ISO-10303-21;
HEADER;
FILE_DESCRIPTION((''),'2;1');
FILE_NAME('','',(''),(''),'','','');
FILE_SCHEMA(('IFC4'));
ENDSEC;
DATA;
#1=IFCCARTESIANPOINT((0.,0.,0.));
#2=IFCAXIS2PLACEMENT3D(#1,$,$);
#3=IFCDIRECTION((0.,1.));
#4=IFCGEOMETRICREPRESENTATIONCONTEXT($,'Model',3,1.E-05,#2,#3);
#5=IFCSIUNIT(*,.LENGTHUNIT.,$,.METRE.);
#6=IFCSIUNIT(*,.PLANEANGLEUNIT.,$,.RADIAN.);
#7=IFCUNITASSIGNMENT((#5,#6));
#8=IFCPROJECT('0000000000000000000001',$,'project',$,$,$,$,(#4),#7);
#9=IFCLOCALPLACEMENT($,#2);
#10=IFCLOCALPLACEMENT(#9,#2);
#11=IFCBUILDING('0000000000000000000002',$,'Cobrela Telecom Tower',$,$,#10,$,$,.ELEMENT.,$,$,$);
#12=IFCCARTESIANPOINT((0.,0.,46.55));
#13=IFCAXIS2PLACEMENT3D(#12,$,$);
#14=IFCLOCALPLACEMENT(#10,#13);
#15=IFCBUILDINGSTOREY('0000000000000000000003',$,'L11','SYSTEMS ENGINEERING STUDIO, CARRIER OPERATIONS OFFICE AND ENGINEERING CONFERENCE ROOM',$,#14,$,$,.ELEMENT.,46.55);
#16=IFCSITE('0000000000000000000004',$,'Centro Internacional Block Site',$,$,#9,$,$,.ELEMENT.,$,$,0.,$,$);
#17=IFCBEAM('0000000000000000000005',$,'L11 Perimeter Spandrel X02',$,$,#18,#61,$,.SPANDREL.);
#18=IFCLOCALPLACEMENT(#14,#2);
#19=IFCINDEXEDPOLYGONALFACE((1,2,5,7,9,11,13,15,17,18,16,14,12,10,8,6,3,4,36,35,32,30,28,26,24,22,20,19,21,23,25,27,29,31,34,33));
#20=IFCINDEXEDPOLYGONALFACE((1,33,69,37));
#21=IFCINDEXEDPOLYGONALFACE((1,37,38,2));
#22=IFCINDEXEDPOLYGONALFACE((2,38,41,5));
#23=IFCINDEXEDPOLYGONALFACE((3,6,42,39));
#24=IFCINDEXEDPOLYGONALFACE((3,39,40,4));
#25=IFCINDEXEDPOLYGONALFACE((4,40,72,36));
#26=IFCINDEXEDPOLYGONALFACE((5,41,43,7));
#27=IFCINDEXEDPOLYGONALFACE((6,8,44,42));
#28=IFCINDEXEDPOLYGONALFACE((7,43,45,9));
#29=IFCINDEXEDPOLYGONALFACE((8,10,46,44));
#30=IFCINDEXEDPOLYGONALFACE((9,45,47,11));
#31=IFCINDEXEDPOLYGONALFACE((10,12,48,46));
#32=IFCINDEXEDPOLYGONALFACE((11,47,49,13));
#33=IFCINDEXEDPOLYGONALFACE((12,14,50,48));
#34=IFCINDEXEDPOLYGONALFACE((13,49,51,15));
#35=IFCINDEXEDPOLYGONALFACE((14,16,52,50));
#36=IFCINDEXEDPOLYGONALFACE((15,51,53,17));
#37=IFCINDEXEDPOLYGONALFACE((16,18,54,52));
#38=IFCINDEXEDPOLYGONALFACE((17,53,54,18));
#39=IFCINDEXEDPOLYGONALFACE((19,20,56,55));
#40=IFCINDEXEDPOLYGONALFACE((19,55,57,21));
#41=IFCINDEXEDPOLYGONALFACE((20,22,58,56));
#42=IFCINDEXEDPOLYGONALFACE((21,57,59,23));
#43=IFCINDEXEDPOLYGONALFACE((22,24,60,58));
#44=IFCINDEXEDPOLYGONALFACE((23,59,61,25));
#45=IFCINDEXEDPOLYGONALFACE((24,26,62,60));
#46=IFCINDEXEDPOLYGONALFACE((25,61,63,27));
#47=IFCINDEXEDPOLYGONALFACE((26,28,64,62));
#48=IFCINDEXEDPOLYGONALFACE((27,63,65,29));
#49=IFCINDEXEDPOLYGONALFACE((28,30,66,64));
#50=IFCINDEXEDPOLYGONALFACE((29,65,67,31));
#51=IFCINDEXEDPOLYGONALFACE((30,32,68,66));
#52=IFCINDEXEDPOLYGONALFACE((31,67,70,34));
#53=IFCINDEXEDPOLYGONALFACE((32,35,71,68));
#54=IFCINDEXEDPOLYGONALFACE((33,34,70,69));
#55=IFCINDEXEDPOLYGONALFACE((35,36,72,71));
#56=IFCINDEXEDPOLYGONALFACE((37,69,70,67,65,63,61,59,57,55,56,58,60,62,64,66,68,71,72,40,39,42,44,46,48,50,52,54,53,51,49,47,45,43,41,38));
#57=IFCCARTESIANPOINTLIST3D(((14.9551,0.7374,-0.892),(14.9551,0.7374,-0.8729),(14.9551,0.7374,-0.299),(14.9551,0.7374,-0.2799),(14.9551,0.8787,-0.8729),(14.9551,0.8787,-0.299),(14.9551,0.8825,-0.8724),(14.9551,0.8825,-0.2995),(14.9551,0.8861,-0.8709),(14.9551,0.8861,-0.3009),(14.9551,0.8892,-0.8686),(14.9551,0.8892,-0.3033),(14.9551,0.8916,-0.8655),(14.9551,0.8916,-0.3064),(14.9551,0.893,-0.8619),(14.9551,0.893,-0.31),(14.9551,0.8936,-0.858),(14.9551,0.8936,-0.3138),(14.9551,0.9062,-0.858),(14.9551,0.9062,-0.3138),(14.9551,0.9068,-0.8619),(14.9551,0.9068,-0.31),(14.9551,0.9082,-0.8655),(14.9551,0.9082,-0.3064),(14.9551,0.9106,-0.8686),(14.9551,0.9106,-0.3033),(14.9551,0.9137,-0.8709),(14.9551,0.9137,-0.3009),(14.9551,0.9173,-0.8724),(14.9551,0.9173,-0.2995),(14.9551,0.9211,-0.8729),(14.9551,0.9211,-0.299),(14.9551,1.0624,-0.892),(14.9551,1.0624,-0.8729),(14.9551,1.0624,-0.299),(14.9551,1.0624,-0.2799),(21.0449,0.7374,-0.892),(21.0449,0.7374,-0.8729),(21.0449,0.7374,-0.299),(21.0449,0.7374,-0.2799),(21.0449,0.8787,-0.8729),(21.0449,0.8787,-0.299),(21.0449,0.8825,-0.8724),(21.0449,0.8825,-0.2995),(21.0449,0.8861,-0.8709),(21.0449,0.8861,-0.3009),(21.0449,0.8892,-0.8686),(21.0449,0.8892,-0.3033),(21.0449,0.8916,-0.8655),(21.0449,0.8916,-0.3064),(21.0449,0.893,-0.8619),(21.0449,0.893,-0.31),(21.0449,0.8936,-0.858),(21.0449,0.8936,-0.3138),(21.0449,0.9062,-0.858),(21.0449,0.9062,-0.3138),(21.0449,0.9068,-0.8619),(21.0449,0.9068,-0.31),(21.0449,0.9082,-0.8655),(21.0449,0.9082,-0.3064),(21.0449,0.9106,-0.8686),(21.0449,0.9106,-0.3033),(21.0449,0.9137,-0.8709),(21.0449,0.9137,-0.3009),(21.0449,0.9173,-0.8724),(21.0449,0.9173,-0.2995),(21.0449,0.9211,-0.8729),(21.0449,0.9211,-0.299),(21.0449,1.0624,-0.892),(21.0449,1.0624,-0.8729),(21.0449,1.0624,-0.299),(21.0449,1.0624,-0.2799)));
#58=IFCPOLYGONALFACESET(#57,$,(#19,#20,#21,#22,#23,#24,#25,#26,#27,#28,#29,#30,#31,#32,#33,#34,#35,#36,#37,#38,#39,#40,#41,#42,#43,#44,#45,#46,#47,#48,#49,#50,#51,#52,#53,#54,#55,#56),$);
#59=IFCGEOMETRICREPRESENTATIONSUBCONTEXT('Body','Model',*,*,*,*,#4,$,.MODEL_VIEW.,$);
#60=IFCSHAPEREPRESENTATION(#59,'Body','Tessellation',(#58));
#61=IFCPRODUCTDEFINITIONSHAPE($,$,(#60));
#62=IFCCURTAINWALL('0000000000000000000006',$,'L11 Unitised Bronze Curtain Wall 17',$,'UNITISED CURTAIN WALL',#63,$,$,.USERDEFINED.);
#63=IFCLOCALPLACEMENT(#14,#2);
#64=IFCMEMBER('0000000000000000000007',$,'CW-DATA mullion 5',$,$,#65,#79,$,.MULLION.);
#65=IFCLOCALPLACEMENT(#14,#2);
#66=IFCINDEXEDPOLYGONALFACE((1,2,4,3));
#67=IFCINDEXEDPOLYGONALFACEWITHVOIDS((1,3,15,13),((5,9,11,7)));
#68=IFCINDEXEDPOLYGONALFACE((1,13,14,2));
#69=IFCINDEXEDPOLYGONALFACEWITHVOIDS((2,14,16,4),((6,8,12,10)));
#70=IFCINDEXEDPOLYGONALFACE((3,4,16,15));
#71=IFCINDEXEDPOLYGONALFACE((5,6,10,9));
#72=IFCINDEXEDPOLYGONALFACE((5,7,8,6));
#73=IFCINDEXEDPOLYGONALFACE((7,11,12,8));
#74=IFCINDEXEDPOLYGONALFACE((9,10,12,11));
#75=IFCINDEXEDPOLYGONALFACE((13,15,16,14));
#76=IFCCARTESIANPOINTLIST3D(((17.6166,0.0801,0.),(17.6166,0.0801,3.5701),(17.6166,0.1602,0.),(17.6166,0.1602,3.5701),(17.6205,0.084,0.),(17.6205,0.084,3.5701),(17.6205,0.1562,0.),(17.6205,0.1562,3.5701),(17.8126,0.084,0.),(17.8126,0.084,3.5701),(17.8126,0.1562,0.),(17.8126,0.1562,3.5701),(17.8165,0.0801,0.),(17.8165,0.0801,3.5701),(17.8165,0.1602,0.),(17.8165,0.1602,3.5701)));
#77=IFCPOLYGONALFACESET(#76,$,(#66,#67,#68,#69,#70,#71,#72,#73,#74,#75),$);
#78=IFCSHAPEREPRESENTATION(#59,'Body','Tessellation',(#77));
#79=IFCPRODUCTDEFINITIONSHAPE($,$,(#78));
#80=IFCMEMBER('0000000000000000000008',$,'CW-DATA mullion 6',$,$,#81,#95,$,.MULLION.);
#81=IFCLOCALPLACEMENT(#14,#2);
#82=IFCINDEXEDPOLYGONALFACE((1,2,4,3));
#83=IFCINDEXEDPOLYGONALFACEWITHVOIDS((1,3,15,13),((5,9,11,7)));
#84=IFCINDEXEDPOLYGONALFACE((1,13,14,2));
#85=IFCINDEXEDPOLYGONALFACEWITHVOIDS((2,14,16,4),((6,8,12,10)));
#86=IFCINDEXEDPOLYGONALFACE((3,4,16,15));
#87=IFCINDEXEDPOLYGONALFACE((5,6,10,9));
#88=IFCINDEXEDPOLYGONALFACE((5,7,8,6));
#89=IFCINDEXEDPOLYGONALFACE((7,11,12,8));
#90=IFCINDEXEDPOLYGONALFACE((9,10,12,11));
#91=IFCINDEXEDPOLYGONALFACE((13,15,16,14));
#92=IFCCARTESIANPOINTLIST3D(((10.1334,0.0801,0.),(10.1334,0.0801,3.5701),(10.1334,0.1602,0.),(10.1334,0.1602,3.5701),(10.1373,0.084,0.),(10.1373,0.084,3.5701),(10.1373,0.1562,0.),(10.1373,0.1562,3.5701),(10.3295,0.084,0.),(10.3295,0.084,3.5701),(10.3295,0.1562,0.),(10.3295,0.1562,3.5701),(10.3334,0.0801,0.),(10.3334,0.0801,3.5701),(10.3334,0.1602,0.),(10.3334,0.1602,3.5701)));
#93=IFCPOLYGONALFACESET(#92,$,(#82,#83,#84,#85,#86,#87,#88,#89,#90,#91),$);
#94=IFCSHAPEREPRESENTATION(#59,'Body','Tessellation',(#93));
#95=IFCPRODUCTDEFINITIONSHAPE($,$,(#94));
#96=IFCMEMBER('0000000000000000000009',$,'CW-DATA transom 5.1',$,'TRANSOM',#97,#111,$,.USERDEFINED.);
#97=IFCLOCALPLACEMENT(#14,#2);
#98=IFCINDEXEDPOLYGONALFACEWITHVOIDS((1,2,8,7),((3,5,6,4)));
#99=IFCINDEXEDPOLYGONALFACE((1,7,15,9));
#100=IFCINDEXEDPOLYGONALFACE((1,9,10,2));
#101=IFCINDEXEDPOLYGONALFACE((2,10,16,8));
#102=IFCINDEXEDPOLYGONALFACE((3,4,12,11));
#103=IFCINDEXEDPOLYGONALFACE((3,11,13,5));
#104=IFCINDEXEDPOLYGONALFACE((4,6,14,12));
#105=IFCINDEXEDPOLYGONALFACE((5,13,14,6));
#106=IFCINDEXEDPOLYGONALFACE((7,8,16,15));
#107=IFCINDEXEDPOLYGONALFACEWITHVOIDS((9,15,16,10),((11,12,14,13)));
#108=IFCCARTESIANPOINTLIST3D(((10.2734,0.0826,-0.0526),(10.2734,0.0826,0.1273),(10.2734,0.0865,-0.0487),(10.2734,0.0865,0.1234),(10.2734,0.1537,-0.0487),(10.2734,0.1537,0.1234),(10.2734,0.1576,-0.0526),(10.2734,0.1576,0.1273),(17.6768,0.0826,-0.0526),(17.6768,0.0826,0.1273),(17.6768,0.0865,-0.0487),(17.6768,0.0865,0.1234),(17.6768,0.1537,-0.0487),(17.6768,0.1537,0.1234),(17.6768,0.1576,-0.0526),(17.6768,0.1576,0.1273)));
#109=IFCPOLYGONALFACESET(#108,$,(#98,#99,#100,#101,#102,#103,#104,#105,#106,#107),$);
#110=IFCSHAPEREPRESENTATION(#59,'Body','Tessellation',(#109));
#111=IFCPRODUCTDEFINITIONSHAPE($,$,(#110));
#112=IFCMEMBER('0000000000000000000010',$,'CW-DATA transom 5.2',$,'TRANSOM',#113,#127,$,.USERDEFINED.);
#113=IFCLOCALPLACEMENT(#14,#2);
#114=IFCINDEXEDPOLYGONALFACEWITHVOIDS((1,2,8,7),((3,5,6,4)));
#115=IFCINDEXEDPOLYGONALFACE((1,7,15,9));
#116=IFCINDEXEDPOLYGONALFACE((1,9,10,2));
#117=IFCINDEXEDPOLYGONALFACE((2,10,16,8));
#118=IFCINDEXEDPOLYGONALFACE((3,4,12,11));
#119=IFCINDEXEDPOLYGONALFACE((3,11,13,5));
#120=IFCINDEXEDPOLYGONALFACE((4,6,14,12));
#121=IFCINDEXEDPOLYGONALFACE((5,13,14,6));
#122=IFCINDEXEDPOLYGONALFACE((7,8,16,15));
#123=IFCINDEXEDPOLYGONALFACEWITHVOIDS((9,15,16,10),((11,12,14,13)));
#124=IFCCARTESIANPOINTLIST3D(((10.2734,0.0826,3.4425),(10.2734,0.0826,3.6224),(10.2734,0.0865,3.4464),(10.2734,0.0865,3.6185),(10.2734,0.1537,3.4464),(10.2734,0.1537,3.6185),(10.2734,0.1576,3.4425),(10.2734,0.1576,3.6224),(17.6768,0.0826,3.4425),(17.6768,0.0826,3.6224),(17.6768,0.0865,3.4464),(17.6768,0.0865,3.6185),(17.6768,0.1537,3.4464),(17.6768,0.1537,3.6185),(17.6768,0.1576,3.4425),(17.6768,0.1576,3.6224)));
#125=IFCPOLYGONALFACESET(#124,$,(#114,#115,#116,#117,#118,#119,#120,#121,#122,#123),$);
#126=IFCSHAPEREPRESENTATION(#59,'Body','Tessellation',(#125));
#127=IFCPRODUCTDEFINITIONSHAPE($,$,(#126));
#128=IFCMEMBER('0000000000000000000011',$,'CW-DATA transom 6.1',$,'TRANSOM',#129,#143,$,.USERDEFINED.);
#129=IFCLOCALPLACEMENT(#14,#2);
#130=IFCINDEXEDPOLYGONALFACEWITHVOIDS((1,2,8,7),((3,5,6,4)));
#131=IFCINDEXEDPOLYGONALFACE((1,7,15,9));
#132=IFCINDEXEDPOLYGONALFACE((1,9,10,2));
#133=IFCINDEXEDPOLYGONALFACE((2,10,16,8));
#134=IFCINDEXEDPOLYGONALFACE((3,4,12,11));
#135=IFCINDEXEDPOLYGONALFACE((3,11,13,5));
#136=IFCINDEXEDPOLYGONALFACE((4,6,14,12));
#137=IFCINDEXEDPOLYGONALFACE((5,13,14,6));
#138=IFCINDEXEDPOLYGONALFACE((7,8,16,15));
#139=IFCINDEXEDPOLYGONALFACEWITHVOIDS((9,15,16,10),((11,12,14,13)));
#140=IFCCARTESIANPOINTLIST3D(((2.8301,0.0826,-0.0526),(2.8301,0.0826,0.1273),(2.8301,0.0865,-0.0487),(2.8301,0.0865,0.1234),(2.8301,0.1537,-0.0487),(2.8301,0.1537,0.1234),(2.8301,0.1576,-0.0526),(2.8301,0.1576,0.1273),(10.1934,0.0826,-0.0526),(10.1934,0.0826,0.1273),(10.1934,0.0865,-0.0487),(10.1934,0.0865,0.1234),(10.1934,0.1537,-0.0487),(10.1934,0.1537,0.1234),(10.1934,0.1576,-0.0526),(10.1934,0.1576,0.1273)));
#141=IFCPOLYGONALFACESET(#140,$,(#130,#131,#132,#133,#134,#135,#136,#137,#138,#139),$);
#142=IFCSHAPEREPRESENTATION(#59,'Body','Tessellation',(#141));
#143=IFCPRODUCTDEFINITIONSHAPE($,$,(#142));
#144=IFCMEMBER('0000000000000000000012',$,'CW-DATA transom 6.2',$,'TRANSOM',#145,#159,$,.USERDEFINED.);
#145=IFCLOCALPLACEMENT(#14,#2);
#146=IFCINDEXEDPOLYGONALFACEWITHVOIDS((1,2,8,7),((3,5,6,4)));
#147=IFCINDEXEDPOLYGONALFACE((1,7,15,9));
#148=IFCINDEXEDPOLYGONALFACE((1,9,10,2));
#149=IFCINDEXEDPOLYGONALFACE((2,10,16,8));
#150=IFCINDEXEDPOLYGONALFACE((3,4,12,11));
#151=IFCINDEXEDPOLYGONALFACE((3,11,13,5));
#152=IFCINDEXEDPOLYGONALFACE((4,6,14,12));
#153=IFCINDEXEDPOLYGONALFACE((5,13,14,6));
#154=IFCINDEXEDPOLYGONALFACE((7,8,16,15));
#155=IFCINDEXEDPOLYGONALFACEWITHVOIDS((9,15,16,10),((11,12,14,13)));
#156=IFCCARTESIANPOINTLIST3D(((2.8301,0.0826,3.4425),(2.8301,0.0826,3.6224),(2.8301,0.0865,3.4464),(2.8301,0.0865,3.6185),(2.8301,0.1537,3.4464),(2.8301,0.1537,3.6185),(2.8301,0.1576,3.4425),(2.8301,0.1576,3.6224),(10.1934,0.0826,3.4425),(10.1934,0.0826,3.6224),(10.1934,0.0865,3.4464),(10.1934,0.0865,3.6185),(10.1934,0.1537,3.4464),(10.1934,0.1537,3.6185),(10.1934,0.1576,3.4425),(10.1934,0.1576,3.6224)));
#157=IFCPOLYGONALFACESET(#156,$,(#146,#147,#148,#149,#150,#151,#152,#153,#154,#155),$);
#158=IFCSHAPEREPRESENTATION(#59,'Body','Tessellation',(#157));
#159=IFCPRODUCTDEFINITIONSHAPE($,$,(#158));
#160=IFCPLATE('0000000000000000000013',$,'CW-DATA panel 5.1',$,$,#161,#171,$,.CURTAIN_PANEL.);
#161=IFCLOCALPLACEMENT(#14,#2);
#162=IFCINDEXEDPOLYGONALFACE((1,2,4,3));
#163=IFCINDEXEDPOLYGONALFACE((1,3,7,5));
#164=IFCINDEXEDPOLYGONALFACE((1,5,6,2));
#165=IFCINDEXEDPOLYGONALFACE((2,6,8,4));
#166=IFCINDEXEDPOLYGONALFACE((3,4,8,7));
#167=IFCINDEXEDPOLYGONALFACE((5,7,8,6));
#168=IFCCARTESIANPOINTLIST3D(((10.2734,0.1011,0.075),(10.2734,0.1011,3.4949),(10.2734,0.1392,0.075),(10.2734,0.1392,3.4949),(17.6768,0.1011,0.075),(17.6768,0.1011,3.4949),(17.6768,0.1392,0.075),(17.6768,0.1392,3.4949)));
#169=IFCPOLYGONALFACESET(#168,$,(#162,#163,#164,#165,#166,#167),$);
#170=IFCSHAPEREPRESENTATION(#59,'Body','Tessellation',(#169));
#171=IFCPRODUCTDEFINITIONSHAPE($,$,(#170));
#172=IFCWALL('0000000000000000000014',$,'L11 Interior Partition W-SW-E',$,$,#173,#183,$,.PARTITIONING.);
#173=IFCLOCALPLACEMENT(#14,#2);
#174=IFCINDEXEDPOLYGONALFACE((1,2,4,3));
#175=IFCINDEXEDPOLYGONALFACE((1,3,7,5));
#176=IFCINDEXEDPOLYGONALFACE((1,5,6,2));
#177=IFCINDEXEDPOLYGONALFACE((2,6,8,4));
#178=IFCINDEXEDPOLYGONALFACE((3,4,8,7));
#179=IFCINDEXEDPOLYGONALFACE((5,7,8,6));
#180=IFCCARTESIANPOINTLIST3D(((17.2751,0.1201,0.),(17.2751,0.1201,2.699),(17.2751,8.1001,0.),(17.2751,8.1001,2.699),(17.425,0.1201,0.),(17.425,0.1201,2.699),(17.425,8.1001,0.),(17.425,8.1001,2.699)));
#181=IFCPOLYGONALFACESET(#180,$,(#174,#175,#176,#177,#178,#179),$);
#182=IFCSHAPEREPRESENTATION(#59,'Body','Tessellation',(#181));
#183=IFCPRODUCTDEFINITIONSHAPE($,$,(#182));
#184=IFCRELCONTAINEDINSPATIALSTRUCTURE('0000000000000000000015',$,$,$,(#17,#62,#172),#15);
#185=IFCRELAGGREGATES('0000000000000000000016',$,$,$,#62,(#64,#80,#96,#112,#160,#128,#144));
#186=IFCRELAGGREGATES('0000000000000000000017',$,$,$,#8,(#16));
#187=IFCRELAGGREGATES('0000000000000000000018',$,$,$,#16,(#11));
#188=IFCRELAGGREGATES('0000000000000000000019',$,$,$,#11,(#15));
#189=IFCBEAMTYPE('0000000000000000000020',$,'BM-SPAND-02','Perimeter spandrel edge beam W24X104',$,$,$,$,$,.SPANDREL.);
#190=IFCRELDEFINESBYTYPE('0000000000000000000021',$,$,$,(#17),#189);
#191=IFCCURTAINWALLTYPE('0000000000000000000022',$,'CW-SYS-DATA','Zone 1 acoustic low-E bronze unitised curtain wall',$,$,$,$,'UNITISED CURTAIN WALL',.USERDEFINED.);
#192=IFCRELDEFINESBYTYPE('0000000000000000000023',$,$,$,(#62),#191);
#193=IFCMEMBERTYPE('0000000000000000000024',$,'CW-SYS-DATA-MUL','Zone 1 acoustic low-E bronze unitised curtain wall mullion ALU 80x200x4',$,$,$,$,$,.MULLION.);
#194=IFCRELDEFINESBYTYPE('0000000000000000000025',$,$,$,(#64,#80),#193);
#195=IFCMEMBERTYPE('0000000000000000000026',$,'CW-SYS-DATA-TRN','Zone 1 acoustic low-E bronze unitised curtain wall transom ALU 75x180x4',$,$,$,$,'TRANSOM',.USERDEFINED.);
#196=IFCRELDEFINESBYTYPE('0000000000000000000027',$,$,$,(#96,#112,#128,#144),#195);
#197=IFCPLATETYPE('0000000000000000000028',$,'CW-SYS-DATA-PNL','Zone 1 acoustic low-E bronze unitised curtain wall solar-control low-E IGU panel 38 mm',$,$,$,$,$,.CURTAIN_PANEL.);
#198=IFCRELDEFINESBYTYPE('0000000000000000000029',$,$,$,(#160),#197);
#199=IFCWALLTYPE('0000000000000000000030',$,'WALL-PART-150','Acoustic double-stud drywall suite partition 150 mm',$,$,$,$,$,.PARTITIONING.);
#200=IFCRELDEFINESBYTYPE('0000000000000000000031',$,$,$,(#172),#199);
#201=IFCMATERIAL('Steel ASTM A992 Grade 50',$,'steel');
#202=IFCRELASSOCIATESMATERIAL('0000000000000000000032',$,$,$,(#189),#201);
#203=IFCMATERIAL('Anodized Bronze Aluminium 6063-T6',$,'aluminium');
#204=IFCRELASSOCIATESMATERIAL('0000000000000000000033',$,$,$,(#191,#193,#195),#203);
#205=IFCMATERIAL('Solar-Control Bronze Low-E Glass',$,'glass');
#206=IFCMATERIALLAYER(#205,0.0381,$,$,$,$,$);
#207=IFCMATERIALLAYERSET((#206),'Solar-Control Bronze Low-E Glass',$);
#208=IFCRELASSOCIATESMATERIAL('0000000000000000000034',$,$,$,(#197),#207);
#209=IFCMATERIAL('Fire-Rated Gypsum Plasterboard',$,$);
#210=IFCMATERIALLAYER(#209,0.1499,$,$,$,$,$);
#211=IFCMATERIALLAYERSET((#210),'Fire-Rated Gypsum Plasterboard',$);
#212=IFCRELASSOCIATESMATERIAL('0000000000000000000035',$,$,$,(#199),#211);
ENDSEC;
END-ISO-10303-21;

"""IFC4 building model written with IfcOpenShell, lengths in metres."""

from ifc_helpers import new_model, si_unit, direction, frame, frame_2d, origin, origin_2d, place, context, subcontext, project, spatial, rectangle, hollow_rectangle, i_section, extrude, material, layer, layer_set, material_profile, profile_set, type_object, element, aggregate, save


model = new_model("IFC4")

# Units and contexts
model_context = context("Model", 3, precision=1e-05, world=origin(), true_north=direction((0.0, 1.0)))
body_context = subcontext(model_context, "Body", "Model", "MODEL_VIEW")
ifc_project = project(units=[si_unit("LENGTHUNIT", "METRE"), si_unit("PLANEANGLEUNIT", "RADIAN")], contexts=[model_context])

# Site, building, storey
site_placement = place(None, origin())
site = spatial("IfcSite", under=ifc_project, at=site_placement, Name="Centro Internacional Block Site", CompositionType="ELEMENT", RefElevation=0.0)
building_placement = place(site_placement, origin())
building = spatial("IfcBuilding", under=site, at=building_placement, Name="Cobrela Telecom Tower", CompositionType="ELEMENT")
storey_placement = place(building_placement, frame((0.0, 0.0, 46.55)))
storey = spatial("IfcBuildingStorey", under=building, at=storey_placement, Name="L11", Description="SYSTEMS ENGINEERING STUDIO, CARRIER OPERATIONS OFFICE AND ENGINEERING CONFERENCE ROOM", CompositionType="ELEMENT", Elevation=46.55)

# Beam
ifc_material_1 = material(Name="Steel ASTM A992 Grade 50", Category="steel")
ifc_material_profile_1 = material_profile(ifc_material_1, i_section(OverallWidth=0.325, OverallDepth=0.6121, WebThickness=0.0127, FlangeThickness=0.019, FilletRadius=0.0149, at=origin_2d()), Name="W24X104")
ifc_profile_set_1 = profile_set([ifc_material_profile_1], Name="Steel ASTM A992 Grade 50")
beam_type_1 = type_object("IfcBeamType", Name="BM-SPAND-02", Description="Perimeter spandrel edge beam W24X104", PredefinedType="SPANDREL", material=ifc_profile_set_1)
beam_1_placement = place(storey_placement, frame((14.9551, 0.8999, -0.5859), z_axis=(1.0, 0.0, 0.0), x_axis=(0.0, 1.0, 0.0)))
element("IfcBeam", 1, at=beam_1_placement, inside=storey, type_object=beam_type_1, Name="L11 Perimeter Spandrel X02", PredefinedType="SPANDREL", context=body_context, shape_type="SweptSolid", body=[
    extrude(i_section(OverallWidth=0.325, OverallDepth=0.6121, WebThickness=0.0127, FlangeThickness=0.019, FilletRadius=0.0149, at=origin_2d()), origin(), (0.0, 0.0, 1.0), 6.0898),
])

# Curtain wall, members, plate
ifc_material_2 = material(Name="Anodized Bronze Aluminium 6063-T6", Category="aluminium")
curtain_wall_type = type_object("IfcCurtainWallType", Name="CW-SYS-DATA", Description="Zone 1 acoustic low-E bronze unitised curtain wall", ElementType="UNITISED CURTAIN WALL", PredefinedType="USERDEFINED", material=ifc_material_2)
curtain_wall_placement = place(storey_placement, origin())
curtain_wall = element("IfcCurtainWall", 2, at=curtain_wall_placement, inside=storey, type_object=curtain_wall_type, Name="L11 Unitised Bronze Curtain Wall 17", ObjectType="UNITISED CURTAIN WALL", PredefinedType="USERDEFINED")
ifc_material_profile_2 = material_profile(ifc_material_2, hollow_rectangle(XDim=0.0801, YDim=0.2, WallThickness=0.0039, at=origin_2d()), Name="ALU 80x200x4")
ifc_profile_set_2 = profile_set([ifc_material_profile_2], Name="Anodized Bronze Aluminium 6063-T6")
member_type_1 = type_object("IfcMemberType", Name="CW-SYS-DATA-MUL", Description="Zone 1 acoustic low-E bronze unitised curtain wall mullion ALU 80x200x4", PredefinedType="MULLION", material=ifc_profile_set_2)
member_1_placement = place(storey_placement, frame((17.7166, 0.1201, 0.0), z_axis=(0.0, 0.0, 1.0), x_axis=(0.0, -1.0, 0.0)))
member_1 = element("IfcMember", 3, at=member_1_placement, type_object=member_type_1, Name="CW-DATA mullion 5", PredefinedType="MULLION", context=body_context, shape_type="SweptSolid", body=[
    extrude(hollow_rectangle(XDim=0.0801, YDim=0.2, WallThickness=0.0039, at=origin_2d()), origin(), (0.0, 0.0, 1.0), 3.5701),
])
member_2_placement = place(storey_placement, frame((10.2334, 0.1201, 0.0), z_axis=(0.0, 0.0, 1.0), x_axis=(0.0, -1.0, 0.0)))
member_2 = element("IfcMember", 4, at=member_2_placement, type_object=member_type_1, Name="CW-DATA mullion 6", PredefinedType="MULLION", context=body_context, shape_type="SweptSolid", body=[
    extrude(hollow_rectangle(XDim=0.0801, YDim=0.2, WallThickness=0.0039, at=origin_2d()), origin(), (0.0, 0.0, 1.0), 3.5701),
])
ifc_material_profile_3 = material_profile(ifc_material_2, hollow_rectangle(XDim=0.075, YDim=0.1799, WallThickness=0.0039, at=origin_2d()), Name="ALU 75x180x4")
ifc_profile_set_3 = profile_set([ifc_material_profile_3], Name="Anodized Bronze Aluminium 6063-T6")
member_type_2 = type_object("IfcMemberType", Name="CW-SYS-DATA-TRN", Description="Zone 1 acoustic low-E bronze unitised curtain wall transom ALU 75x180x4", ElementType="TRANSOM", PredefinedType="USERDEFINED", material=ifc_profile_set_3)
member_3_placement = place(storey_placement, frame((17.6768, 0.1201, 0.0374), z_axis=(-1.0, 0.0, 0.0), x_axis=(0.0, -1.0, 0.0)))
member_3 = element("IfcMember", 5, at=member_3_placement, type_object=member_type_2, Name="CW-DATA transom 5.1", ObjectType="TRANSOM", PredefinedType="USERDEFINED", context=body_context, shape_type="SweptSolid", body=[
    extrude(hollow_rectangle(XDim=0.075, YDim=0.1799, WallThickness=0.0039, at=origin_2d()), origin(), (0.0, 0.0, 1.0), 7.4033),
])
member_4_placement = place(storey_placement, frame((17.6768, 0.1201, 3.5325), z_axis=(-1.0, 0.0, 0.0), x_axis=(0.0, -1.0, 0.0)))
member_4 = element("IfcMember", 6, at=member_4_placement, type_object=member_type_2, Name="CW-DATA transom 5.2", ObjectType="TRANSOM", PredefinedType="USERDEFINED", context=body_context, shape_type="SweptSolid", body=[
    extrude(hollow_rectangle(XDim=0.075, YDim=0.1799, WallThickness=0.0039, at=origin_2d()), origin(), (0.0, 0.0, 1.0), 7.4033),
])
member_5_placement = place(storey_placement, frame((10.1934, 0.1201, 0.0374), z_axis=(-1.0, 0.0, 0.0), x_axis=(0.0, -1.0, 0.0)))
member_5 = element("IfcMember", 7, at=member_5_placement, type_object=member_type_2, Name="CW-DATA transom 6.1", ObjectType="TRANSOM", PredefinedType="USERDEFINED", context=body_context, shape_type="SweptSolid", body=[
    extrude(hollow_rectangle(XDim=0.075, YDim=0.1799, WallThickness=0.0039, at=origin_2d()), origin(), (0.0, 0.0, 1.0), 7.3633),
])
member_6_placement = place(storey_placement, frame((10.1934, 0.1201, 3.5325), z_axis=(-1.0, 0.0, 0.0), x_axis=(0.0, -1.0, 0.0)))
member_6 = element("IfcMember", 8, at=member_6_placement, type_object=member_type_2, Name="CW-DATA transom 6.2", ObjectType="TRANSOM", PredefinedType="USERDEFINED", context=body_context, shape_type="SweptSolid", body=[
    extrude(hollow_rectangle(XDim=0.075, YDim=0.1799, WallThickness=0.0039, at=origin_2d()), origin(), (0.0, 0.0, 1.0), 7.3633),
])
ifc_material_3 = material(Name="Solar-Control Bronze Low-E Glass", Category="glass")
ifc_layer_1 = layer(ifc_material_3, 0.0381)
ifc_layer_set_1 = layer_set([ifc_layer_1], Name="Solar-Control Bronze Low-E Glass")
plate_type = type_object("IfcPlateType", Name="CW-SYS-DATA-PNL", Description="Zone 1 acoustic low-E bronze unitised curtain wall solar-control low-E IGU panel 38 mm", PredefinedType="CURTAIN_PANEL", material=ifc_layer_set_1)
plate_placement = place(storey_placement, frame((13.9751, 0.1201, 0.075), z_axis=(0.0, 0.0, 1.0), x_axis=(-1.0, 0.0, 0.0)))
plate = element("IfcPlate", 9, at=plate_placement, type_object=plate_type, Name="CW-DATA panel 5.1", PredefinedType="CURTAIN_PANEL", context=body_context, shape_type="SweptSolid", body=[
    extrude(rectangle(XDim=7.4033, YDim=0.0381, at=origin_2d()), origin(), (0.0, 0.0, 1.0), 3.4199),
])
aggregate(curtain_wall, [member_1, member_2, member_3, member_4, plate, member_5, member_6])

# Wall
ifc_material_4 = material(Name="Fire-Rated Gypsum Plasterboard")
ifc_layer_2 = layer(ifc_material_4, 0.1499)
ifc_layer_set_2 = layer_set([ifc_layer_2], Name="Fire-Rated Gypsum Plasterboard")
wall_type = type_object("IfcWallType", Name="WALL-PART-150", Description="Acoustic double-stud drywall suite partition 150 mm", PredefinedType="PARTITIONING", material=ifc_layer_set_2)
wall_placement = place(storey_placement, frame((17.3501, 0.1201, 0.0), z_axis=(0.0, 0.0, 1.0), x_axis=(0.0, 1.0, 0.0)))
element("IfcWall", 10, at=wall_placement, inside=storey, type_object=wall_type, Name="L11 Interior Partition W-SW-E", PredefinedType="PARTITIONING", context=body_context, shape_type="SweptSolid", body=[
    extrude(rectangle(XDim=7.98, YDim=0.1499, at=frame_2d((3.99, 0.0))), origin(), (0.0, 0.0, 1.0), 2.699),
])

save(model, "model.ifc")
